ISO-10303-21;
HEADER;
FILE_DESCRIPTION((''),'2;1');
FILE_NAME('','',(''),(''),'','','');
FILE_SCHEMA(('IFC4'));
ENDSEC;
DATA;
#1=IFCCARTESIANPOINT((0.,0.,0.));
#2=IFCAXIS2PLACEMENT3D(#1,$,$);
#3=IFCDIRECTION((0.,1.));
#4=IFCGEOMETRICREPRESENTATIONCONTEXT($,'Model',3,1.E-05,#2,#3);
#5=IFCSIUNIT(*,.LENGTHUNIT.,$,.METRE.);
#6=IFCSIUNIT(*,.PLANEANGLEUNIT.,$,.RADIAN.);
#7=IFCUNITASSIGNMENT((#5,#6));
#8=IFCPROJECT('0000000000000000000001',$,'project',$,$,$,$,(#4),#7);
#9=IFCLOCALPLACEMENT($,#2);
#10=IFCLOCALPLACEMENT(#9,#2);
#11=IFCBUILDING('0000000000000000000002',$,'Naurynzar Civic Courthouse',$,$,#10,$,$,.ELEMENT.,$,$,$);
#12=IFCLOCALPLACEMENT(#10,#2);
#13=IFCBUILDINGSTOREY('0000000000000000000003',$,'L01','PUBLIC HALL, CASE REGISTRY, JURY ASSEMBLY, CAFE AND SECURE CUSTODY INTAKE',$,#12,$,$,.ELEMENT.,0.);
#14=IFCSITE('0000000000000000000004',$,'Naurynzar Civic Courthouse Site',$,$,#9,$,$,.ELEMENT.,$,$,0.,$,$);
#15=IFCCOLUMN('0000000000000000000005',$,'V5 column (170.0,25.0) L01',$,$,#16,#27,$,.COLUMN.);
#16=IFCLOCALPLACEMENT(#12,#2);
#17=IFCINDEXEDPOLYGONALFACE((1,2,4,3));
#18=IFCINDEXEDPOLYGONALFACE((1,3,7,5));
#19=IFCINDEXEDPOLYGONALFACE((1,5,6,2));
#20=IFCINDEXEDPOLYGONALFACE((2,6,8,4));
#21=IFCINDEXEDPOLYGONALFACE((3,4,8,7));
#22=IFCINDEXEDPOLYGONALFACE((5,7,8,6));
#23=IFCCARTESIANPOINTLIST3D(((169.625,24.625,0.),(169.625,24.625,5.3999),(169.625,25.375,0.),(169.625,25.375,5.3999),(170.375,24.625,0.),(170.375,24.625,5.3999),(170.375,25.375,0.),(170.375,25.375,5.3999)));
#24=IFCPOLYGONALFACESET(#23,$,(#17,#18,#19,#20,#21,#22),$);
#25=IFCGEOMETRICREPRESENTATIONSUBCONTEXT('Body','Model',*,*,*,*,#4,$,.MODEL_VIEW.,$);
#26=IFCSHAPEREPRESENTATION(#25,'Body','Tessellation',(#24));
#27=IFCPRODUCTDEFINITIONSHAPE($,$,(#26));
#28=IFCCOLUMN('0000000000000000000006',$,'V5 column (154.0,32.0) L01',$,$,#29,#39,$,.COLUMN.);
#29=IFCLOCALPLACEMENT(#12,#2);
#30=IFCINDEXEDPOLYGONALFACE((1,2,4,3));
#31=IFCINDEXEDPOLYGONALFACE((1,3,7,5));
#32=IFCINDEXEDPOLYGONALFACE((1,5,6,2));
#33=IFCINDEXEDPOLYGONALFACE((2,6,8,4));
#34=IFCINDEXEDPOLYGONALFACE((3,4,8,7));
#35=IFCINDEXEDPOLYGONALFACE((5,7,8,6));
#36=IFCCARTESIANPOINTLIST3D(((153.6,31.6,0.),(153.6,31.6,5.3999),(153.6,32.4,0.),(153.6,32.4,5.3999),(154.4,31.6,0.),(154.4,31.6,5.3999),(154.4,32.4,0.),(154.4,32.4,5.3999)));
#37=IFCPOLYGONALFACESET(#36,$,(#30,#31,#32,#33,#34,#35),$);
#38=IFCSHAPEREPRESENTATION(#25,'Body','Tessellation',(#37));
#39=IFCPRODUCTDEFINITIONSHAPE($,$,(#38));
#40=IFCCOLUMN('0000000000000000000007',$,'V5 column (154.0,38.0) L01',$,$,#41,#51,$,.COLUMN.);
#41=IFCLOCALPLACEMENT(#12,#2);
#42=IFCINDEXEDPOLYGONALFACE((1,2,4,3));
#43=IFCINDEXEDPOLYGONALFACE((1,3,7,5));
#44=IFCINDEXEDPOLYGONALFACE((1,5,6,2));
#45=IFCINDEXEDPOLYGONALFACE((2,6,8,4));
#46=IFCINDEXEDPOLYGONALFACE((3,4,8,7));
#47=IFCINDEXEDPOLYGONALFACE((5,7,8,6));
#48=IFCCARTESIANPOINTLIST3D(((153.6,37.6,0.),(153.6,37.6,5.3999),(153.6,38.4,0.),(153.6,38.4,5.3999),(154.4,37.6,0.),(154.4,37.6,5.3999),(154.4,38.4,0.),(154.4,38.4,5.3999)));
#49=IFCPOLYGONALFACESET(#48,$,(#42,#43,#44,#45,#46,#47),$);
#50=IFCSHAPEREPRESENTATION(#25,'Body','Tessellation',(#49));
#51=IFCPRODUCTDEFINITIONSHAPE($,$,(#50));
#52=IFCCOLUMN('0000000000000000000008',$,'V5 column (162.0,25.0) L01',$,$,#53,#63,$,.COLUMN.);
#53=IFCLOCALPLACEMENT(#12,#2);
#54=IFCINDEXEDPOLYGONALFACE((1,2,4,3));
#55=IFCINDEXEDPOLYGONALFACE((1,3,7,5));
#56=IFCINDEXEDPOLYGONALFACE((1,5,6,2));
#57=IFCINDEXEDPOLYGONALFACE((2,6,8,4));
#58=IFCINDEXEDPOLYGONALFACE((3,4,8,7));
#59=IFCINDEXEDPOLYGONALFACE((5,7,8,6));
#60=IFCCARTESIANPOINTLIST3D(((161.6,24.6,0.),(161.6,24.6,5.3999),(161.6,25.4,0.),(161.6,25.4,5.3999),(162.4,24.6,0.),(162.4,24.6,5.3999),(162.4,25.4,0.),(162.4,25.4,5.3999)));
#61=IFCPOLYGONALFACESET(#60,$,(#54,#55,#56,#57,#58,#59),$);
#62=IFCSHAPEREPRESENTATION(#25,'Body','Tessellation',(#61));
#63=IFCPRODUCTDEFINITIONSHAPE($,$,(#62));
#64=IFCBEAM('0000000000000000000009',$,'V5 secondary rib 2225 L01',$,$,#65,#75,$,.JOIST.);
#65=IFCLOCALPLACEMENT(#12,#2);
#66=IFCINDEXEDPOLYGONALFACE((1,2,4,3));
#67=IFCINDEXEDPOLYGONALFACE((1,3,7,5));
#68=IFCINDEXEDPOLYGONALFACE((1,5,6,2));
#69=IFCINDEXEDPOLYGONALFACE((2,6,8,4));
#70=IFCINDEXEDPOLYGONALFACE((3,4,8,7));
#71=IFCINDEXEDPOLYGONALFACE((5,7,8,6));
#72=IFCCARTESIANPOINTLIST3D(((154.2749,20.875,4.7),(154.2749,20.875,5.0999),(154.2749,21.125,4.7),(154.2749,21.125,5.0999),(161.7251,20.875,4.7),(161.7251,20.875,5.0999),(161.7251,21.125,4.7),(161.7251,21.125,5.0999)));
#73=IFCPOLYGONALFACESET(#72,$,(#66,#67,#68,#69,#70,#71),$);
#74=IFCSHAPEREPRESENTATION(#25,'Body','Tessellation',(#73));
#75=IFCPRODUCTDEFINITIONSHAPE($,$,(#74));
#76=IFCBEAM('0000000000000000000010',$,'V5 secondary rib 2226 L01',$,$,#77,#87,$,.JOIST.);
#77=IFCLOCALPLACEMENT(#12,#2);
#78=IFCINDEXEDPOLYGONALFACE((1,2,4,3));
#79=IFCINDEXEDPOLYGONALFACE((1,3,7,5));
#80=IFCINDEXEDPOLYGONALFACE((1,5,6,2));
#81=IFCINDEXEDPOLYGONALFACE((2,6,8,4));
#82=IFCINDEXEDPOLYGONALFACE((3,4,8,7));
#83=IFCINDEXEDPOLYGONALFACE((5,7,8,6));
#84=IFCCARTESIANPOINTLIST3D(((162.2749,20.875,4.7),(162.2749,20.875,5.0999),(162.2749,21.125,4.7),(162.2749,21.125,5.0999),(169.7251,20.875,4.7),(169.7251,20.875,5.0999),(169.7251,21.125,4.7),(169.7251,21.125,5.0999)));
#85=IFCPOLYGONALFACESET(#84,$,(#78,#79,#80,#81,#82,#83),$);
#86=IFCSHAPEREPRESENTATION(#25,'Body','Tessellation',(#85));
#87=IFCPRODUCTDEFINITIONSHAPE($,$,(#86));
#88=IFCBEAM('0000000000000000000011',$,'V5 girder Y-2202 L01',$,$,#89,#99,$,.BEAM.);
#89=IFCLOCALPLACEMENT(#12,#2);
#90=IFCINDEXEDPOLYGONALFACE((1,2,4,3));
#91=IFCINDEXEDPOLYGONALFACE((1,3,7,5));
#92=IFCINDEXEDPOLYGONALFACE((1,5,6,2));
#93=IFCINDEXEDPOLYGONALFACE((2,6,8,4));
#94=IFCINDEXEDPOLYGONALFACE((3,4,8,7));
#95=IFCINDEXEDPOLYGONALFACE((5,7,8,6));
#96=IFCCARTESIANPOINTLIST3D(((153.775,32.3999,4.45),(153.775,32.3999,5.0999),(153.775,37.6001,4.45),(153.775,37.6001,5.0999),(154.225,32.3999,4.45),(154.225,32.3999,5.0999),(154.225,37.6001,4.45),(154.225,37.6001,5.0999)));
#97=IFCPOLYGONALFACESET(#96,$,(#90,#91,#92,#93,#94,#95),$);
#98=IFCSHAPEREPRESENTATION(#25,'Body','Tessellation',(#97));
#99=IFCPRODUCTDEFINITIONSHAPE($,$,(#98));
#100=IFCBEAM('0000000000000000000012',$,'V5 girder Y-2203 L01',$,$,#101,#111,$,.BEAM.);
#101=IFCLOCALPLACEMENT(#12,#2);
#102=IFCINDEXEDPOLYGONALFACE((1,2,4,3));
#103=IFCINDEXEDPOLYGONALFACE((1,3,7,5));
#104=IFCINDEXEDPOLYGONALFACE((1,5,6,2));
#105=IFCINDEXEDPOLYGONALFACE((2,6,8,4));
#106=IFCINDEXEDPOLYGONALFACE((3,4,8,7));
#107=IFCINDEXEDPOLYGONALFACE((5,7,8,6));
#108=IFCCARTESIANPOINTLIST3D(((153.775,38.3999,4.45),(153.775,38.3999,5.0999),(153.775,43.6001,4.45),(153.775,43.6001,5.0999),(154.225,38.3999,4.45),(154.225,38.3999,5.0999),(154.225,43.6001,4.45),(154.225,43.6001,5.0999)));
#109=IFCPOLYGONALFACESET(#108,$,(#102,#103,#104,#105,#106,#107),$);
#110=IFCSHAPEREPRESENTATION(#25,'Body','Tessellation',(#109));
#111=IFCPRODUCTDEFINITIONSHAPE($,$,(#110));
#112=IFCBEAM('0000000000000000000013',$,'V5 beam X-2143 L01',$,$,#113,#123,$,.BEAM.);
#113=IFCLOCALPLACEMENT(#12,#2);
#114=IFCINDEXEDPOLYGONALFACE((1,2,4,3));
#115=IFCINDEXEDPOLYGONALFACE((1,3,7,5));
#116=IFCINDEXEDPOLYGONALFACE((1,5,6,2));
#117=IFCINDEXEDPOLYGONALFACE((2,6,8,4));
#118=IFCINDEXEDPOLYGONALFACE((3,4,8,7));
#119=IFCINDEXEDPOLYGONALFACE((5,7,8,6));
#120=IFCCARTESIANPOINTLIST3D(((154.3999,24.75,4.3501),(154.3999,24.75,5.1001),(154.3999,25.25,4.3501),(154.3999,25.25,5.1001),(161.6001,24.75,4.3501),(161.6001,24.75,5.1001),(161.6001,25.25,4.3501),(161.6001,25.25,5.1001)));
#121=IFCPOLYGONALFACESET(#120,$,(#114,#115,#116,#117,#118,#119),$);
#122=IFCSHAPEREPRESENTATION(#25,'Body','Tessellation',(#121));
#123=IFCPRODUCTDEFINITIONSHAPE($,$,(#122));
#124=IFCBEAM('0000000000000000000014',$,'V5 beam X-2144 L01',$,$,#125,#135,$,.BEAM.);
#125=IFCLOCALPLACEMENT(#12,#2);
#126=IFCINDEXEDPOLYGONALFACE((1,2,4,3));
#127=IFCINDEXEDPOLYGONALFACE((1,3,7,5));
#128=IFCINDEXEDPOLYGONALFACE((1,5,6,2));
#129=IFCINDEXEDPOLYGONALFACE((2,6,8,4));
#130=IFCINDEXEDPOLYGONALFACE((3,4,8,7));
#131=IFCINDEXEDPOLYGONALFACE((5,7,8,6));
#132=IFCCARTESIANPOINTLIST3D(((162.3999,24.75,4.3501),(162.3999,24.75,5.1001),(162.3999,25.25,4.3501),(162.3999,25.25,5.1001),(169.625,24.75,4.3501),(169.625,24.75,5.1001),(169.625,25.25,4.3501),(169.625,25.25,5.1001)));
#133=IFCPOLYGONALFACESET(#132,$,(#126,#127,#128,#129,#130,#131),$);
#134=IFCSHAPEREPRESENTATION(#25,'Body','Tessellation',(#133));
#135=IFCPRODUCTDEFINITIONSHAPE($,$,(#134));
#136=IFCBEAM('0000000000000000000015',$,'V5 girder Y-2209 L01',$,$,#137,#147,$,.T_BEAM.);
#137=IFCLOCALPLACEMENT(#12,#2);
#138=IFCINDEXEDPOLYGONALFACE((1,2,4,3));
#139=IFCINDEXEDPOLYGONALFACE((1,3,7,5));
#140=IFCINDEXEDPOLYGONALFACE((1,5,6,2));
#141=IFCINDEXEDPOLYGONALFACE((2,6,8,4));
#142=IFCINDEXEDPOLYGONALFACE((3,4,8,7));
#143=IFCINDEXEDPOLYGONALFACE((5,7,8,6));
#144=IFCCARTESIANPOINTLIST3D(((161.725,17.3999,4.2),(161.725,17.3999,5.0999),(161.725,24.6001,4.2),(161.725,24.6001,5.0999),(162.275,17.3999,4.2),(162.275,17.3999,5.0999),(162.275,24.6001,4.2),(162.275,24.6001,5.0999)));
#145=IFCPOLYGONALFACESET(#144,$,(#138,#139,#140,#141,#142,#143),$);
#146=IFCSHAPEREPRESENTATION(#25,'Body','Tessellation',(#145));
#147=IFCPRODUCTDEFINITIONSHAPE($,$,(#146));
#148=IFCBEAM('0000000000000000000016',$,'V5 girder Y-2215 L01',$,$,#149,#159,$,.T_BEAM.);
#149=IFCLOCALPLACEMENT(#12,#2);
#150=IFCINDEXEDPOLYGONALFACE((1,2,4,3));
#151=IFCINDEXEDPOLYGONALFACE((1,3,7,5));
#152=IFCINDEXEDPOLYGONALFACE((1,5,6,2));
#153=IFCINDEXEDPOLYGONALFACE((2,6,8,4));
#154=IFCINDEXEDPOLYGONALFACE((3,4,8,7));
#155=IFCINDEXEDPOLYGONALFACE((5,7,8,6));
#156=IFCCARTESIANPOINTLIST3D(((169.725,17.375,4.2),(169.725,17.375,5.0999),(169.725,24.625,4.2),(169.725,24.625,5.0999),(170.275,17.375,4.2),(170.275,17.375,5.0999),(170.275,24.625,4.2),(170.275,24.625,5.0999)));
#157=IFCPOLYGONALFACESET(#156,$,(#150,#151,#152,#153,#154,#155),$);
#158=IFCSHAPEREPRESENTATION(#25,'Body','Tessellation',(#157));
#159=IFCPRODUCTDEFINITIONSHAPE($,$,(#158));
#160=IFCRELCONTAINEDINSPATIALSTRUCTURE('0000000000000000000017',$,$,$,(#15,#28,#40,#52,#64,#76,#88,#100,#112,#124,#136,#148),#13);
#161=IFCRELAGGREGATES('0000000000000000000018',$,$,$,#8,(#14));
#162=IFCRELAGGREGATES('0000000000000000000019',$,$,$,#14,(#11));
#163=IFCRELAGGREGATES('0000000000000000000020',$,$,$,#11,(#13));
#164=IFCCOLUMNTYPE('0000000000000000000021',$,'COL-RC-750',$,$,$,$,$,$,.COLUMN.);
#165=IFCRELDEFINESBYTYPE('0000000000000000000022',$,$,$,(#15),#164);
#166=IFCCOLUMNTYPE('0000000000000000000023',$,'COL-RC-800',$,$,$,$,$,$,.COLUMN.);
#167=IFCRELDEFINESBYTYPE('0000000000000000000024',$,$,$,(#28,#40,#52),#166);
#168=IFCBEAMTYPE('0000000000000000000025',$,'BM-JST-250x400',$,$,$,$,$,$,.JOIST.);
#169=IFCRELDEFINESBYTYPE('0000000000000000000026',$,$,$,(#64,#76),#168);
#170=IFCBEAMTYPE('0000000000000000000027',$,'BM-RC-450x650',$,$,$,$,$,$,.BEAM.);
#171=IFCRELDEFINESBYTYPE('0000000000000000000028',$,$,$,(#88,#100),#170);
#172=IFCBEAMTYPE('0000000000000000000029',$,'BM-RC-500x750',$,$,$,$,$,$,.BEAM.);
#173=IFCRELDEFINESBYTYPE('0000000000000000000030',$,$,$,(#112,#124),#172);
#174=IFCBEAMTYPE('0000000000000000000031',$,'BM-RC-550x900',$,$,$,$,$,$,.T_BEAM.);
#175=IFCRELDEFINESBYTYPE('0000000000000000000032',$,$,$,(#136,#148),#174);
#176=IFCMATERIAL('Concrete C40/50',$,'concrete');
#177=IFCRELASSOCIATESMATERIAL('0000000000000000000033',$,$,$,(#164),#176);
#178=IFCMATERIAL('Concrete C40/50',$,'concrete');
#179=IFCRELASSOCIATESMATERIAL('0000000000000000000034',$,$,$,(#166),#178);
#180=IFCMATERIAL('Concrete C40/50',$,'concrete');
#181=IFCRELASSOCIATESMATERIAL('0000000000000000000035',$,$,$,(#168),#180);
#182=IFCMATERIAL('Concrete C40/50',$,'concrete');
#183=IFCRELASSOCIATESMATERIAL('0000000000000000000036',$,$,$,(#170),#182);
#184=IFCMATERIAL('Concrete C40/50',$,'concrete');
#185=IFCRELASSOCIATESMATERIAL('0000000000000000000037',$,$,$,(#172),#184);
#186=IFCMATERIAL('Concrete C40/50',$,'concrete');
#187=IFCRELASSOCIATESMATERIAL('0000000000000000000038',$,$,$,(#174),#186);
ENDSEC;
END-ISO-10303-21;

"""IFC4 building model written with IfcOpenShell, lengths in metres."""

from ifc_helpers import new_model, si_unit, direction, frame, origin, origin_2d, place, context, subcontext, project, spatial, rectangle, extrude, material, material_profile, profile_set, type_object, element, save


model = new_model("IFC4")

# Units and contexts
model_context = context("Model", 3, precision=1e-05, world=origin(), true_north=direction((0.0, 1.0)))
body_context = subcontext(model_context, "Body", "Model", "MODEL_VIEW")
ifc_project = project(units=[si_unit("LENGTHUNIT", "METRE"), si_unit("PLANEANGLEUNIT", "RADIAN")], contexts=[model_context])

# Site, building, storey
site_placement = place(None, origin())
site = spatial("IfcSite", under=ifc_project, at=site_placement, Name="Naurynzar Civic Courthouse Site", CompositionType="ELEMENT", RefElevation=0.0)
building_placement = place(site_placement, origin())
building = spatial("IfcBuilding", under=site, at=building_placement, Name="Naurynzar Civic Courthouse", CompositionType="ELEMENT")
storey_placement = place(building_placement, origin())
storey = spatial("IfcBuildingStorey", under=building, at=storey_placement, Name="L01", Description="PUBLIC HALL, CASE REGISTRY, JURY ASSEMBLY, CAFE AND SECURE CUSTODY INTAKE", CompositionType="ELEMENT", Elevation=0.0)

# Columns
ifc_material_1 = material(Name="Concrete C40/50", Category="concrete")
ifc_material_profile_1 = material_profile(ifc_material_1, rectangle(XDim=0.75, YDim=0.75, at=origin_2d()), Name="RC 750x750")
ifc_profile_set_1 = profile_set([ifc_material_profile_1], Name="Concrete C40/50")
column_type_1 = type_object("IfcColumnType", Name="COL-RC-750", PredefinedType="COLUMN", material=ifc_profile_set_1)
column_placement = place(storey_placement, frame((170.0, 25.0, 0.0), z_axis=(0.0, 0.0, 1.0), x_axis=(1.0, 0.0, 0.0)))
element("IfcColumn", 1, at=column_placement, inside=storey, type_object=column_type_1, Name="V5 column (170.0,25.0) L01", PredefinedType="COLUMN", context=body_context, shape_type="SweptSolid", body=[
    extrude(rectangle(XDim=0.75, YDim=0.75, at=origin_2d()), origin(), (0.0, 0.0, 1.0), 5.3999),
])
ifc_material_2 = material(Name="Concrete C40/50", Category="concrete")
ifc_material_profile_2 = material_profile(ifc_material_2, rectangle(XDim=0.8, YDim=0.8, at=origin_2d()), Name="RC 800x800")
ifc_profile_set_2 = profile_set([ifc_material_profile_2], Name="Concrete C40/50")
column_type_2 = type_object("IfcColumnType", Name="COL-RC-800", PredefinedType="COLUMN", material=ifc_profile_set_2)
for number, where, z_axis, x_axis, name in (
    (2, (154.0, 32.0, 0.0), (0.0, 0.0, 1.0), (1.0, 0.0, 0.0), "V5 column (154.0,32.0) L01"),
    (3, (154.0, 38.0, 0.0), (0.0, 0.0, 1.0), (1.0, 0.0, 0.0), "V5 column (154.0,38.0) L01"),
    (4, (162.0, 25.0, 0.0), (0.0, 0.0, 1.0), (1.0, 0.0, 0.0), "V5 column (162.0,25.0) L01"),
):
    element("IfcColumn", number, at=place(storey_placement, frame(where, z_axis=z_axis, x_axis=x_axis)), inside=storey, type_object=column_type_2, Name=name, PredefinedType="COLUMN", context=body_context, shape_type="SweptSolid", body=[
        extrude(rectangle(XDim=0.8, YDim=0.8, at=origin_2d()), origin(), (0.0, 0.0, 1.0), 5.3999),
    ])

# Beams
ifc_material_3 = material(Name="Concrete C40/50", Category="concrete")
ifc_material_profile_3 = material_profile(ifc_material_3, rectangle(XDim=0.25, YDim=0.3999, at=origin_2d()), Name="RCB 250x400")
ifc_profile_set_3 = profile_set([ifc_material_profile_3], Name="Concrete C40/50")
beam_type_1 = type_object("IfcBeamType", Name="BM-JST-250x400", PredefinedType="JOIST", material=ifc_profile_set_3)
for number, where, z_axis, x_axis, name in (
    (5, (154.2749, 21.0, 4.8999), (1.0, 0.0, 0.0), (0.0, 1.0, 0.0), "V5 secondary rib 2225 L01"),
    (6, (162.2749, 21.0, 4.8999), (1.0, 0.0, 0.0), (0.0, 1.0, 0.0), "V5 secondary rib 2226 L01"),
):
    element("IfcBeam", number, at=place(storey_placement, frame(where, z_axis=z_axis, x_axis=x_axis)), inside=storey, type_object=beam_type_1, Name=name, PredefinedType="JOIST", context=body_context, shape_type="SweptSolid", body=[
        extrude(rectangle(XDim=0.25, YDim=0.3999, at=origin_2d()), origin(), (0.0, 0.0, 1.0), 7.4502),
    ])
ifc_material_4 = material(Name="Concrete C40/50", Category="concrete")
ifc_material_profile_4 = material_profile(ifc_material_4, rectangle(XDim=0.45, YDim=0.6499, at=origin_2d()), Name="RCB 450x650")
ifc_profile_set_4 = profile_set([ifc_material_profile_4], Name="Concrete C40/50")
beam_type_2 = type_object("IfcBeamType", Name="BM-RC-450x650", PredefinedType="BEAM", material=ifc_profile_set_4)
for number, where, z_axis, x_axis, name in (
    (7, (154.0, 32.3999, 4.7749), (0.0, 1.0, 0.0), (-1.0, 0.0, 0.0), "V5 girder Y-2202 L01"),
    (8, (154.0, 38.3999, 4.7749), (0.0, 1.0, 0.0), (-1.0, 0.0, 0.0), "V5 girder Y-2203 L01"),
):
    element("IfcBeam", number, at=place(storey_placement, frame(where, z_axis=z_axis, x_axis=x_axis)), inside=storey, type_object=beam_type_2, Name=name, PredefinedType="BEAM", context=body_context, shape_type="SweptSolid", body=[
        extrude(rectangle(XDim=0.45, YDim=0.6499, at=origin_2d()), origin(), (0.0, 0.0, 1.0), 5.2002),
    ])
ifc_material_5 = material(Name="Concrete C40/50", Category="concrete")
ifc_material_profile_5 = material_profile(ifc_material_5, rectangle(XDim=0.5, YDim=0.75, at=origin_2d()), Name="RCB 500x750")
ifc_profile_set_5 = profile_set([ifc_material_profile_5], Name="Concrete C40/50")
beam_type_3 = type_object("IfcBeamType", Name="BM-RC-500x750", PredefinedType="BEAM", material=ifc_profile_set_5)
beam_1_placement = place(storey_placement, frame((154.3999, 25.0, 4.7251), z_axis=(1.0, 0.0, 0.0), x_axis=(0.0, 1.0, 0.0)))
element("IfcBeam", 9, at=beam_1_placement, inside=storey, type_object=beam_type_3, Name="V5 beam X-2143 L01", PredefinedType="BEAM", context=body_context, shape_type="SweptSolid", body=[
    extrude(rectangle(XDim=0.5, YDim=0.75, at=origin_2d()), origin(), (0.0, 0.0, 1.0), 7.2002),
])
beam_2_placement = place(storey_placement, frame((162.3999, 25.0, 4.7251), z_axis=(1.0, 0.0, 0.0), x_axis=(0.0, 1.0, 0.0)))
element("IfcBeam", 10, at=beam_2_placement, inside=storey, type_object=beam_type_3, Name="V5 beam X-2144 L01", PredefinedType="BEAM", context=body_context, shape_type="SweptSolid", body=[
    extrude(rectangle(XDim=0.5, YDim=0.75, at=origin_2d()), origin(), (0.0, 0.0, 1.0), 7.2251),
])
ifc_material_6 = material(Name="Concrete C40/50", Category="concrete")
ifc_material_profile_6 = material_profile(ifc_material_6, rectangle(XDim=0.55, YDim=0.8999, at=origin_2d()), Name="RCB 550x900")
ifc_profile_set_6 = profile_set([ifc_material_profile_6], Name="Concrete C40/50")
beam_type_4 = type_object("IfcBeamType", Name="BM-RC-550x900", PredefinedType="T_BEAM", material=ifc_profile_set_6)
beam_3_placement = place(storey_placement, frame((162.0, 17.3999, 4.6499), z_axis=(0.0, 1.0, 0.0), x_axis=(-1.0, 0.0, 0.0)))
element("IfcBeam", 11, at=beam_3_placement, inside=storey, type_object=beam_type_4, Name="V5 girder Y-2209 L01", PredefinedType="T_BEAM", context=body_context, shape_type="SweptSolid", body=[
    extrude(rectangle(XDim=0.55, YDim=0.8999, at=origin_2d()), origin(), (0.0, 0.0, 1.0), 7.2002),
])
beam_4_placement = place(storey_placement, frame((170.0, 17.375, 4.6499), z_axis=(0.0, 1.0, 0.0), x_axis=(-1.0, 0.0, 0.0)))
element("IfcBeam", 12, at=beam_4_placement, inside=storey, type_object=beam_type_4, Name="V5 girder Y-2215 L01", PredefinedType="T_BEAM", context=body_context, shape_type="SweptSolid", body=[
    extrude(rectangle(XDim=0.55, YDim=0.8999, at=origin_2d()), origin(), (0.0, 0.0, 1.0), 7.25),
])

save(model, "model.ifc")
